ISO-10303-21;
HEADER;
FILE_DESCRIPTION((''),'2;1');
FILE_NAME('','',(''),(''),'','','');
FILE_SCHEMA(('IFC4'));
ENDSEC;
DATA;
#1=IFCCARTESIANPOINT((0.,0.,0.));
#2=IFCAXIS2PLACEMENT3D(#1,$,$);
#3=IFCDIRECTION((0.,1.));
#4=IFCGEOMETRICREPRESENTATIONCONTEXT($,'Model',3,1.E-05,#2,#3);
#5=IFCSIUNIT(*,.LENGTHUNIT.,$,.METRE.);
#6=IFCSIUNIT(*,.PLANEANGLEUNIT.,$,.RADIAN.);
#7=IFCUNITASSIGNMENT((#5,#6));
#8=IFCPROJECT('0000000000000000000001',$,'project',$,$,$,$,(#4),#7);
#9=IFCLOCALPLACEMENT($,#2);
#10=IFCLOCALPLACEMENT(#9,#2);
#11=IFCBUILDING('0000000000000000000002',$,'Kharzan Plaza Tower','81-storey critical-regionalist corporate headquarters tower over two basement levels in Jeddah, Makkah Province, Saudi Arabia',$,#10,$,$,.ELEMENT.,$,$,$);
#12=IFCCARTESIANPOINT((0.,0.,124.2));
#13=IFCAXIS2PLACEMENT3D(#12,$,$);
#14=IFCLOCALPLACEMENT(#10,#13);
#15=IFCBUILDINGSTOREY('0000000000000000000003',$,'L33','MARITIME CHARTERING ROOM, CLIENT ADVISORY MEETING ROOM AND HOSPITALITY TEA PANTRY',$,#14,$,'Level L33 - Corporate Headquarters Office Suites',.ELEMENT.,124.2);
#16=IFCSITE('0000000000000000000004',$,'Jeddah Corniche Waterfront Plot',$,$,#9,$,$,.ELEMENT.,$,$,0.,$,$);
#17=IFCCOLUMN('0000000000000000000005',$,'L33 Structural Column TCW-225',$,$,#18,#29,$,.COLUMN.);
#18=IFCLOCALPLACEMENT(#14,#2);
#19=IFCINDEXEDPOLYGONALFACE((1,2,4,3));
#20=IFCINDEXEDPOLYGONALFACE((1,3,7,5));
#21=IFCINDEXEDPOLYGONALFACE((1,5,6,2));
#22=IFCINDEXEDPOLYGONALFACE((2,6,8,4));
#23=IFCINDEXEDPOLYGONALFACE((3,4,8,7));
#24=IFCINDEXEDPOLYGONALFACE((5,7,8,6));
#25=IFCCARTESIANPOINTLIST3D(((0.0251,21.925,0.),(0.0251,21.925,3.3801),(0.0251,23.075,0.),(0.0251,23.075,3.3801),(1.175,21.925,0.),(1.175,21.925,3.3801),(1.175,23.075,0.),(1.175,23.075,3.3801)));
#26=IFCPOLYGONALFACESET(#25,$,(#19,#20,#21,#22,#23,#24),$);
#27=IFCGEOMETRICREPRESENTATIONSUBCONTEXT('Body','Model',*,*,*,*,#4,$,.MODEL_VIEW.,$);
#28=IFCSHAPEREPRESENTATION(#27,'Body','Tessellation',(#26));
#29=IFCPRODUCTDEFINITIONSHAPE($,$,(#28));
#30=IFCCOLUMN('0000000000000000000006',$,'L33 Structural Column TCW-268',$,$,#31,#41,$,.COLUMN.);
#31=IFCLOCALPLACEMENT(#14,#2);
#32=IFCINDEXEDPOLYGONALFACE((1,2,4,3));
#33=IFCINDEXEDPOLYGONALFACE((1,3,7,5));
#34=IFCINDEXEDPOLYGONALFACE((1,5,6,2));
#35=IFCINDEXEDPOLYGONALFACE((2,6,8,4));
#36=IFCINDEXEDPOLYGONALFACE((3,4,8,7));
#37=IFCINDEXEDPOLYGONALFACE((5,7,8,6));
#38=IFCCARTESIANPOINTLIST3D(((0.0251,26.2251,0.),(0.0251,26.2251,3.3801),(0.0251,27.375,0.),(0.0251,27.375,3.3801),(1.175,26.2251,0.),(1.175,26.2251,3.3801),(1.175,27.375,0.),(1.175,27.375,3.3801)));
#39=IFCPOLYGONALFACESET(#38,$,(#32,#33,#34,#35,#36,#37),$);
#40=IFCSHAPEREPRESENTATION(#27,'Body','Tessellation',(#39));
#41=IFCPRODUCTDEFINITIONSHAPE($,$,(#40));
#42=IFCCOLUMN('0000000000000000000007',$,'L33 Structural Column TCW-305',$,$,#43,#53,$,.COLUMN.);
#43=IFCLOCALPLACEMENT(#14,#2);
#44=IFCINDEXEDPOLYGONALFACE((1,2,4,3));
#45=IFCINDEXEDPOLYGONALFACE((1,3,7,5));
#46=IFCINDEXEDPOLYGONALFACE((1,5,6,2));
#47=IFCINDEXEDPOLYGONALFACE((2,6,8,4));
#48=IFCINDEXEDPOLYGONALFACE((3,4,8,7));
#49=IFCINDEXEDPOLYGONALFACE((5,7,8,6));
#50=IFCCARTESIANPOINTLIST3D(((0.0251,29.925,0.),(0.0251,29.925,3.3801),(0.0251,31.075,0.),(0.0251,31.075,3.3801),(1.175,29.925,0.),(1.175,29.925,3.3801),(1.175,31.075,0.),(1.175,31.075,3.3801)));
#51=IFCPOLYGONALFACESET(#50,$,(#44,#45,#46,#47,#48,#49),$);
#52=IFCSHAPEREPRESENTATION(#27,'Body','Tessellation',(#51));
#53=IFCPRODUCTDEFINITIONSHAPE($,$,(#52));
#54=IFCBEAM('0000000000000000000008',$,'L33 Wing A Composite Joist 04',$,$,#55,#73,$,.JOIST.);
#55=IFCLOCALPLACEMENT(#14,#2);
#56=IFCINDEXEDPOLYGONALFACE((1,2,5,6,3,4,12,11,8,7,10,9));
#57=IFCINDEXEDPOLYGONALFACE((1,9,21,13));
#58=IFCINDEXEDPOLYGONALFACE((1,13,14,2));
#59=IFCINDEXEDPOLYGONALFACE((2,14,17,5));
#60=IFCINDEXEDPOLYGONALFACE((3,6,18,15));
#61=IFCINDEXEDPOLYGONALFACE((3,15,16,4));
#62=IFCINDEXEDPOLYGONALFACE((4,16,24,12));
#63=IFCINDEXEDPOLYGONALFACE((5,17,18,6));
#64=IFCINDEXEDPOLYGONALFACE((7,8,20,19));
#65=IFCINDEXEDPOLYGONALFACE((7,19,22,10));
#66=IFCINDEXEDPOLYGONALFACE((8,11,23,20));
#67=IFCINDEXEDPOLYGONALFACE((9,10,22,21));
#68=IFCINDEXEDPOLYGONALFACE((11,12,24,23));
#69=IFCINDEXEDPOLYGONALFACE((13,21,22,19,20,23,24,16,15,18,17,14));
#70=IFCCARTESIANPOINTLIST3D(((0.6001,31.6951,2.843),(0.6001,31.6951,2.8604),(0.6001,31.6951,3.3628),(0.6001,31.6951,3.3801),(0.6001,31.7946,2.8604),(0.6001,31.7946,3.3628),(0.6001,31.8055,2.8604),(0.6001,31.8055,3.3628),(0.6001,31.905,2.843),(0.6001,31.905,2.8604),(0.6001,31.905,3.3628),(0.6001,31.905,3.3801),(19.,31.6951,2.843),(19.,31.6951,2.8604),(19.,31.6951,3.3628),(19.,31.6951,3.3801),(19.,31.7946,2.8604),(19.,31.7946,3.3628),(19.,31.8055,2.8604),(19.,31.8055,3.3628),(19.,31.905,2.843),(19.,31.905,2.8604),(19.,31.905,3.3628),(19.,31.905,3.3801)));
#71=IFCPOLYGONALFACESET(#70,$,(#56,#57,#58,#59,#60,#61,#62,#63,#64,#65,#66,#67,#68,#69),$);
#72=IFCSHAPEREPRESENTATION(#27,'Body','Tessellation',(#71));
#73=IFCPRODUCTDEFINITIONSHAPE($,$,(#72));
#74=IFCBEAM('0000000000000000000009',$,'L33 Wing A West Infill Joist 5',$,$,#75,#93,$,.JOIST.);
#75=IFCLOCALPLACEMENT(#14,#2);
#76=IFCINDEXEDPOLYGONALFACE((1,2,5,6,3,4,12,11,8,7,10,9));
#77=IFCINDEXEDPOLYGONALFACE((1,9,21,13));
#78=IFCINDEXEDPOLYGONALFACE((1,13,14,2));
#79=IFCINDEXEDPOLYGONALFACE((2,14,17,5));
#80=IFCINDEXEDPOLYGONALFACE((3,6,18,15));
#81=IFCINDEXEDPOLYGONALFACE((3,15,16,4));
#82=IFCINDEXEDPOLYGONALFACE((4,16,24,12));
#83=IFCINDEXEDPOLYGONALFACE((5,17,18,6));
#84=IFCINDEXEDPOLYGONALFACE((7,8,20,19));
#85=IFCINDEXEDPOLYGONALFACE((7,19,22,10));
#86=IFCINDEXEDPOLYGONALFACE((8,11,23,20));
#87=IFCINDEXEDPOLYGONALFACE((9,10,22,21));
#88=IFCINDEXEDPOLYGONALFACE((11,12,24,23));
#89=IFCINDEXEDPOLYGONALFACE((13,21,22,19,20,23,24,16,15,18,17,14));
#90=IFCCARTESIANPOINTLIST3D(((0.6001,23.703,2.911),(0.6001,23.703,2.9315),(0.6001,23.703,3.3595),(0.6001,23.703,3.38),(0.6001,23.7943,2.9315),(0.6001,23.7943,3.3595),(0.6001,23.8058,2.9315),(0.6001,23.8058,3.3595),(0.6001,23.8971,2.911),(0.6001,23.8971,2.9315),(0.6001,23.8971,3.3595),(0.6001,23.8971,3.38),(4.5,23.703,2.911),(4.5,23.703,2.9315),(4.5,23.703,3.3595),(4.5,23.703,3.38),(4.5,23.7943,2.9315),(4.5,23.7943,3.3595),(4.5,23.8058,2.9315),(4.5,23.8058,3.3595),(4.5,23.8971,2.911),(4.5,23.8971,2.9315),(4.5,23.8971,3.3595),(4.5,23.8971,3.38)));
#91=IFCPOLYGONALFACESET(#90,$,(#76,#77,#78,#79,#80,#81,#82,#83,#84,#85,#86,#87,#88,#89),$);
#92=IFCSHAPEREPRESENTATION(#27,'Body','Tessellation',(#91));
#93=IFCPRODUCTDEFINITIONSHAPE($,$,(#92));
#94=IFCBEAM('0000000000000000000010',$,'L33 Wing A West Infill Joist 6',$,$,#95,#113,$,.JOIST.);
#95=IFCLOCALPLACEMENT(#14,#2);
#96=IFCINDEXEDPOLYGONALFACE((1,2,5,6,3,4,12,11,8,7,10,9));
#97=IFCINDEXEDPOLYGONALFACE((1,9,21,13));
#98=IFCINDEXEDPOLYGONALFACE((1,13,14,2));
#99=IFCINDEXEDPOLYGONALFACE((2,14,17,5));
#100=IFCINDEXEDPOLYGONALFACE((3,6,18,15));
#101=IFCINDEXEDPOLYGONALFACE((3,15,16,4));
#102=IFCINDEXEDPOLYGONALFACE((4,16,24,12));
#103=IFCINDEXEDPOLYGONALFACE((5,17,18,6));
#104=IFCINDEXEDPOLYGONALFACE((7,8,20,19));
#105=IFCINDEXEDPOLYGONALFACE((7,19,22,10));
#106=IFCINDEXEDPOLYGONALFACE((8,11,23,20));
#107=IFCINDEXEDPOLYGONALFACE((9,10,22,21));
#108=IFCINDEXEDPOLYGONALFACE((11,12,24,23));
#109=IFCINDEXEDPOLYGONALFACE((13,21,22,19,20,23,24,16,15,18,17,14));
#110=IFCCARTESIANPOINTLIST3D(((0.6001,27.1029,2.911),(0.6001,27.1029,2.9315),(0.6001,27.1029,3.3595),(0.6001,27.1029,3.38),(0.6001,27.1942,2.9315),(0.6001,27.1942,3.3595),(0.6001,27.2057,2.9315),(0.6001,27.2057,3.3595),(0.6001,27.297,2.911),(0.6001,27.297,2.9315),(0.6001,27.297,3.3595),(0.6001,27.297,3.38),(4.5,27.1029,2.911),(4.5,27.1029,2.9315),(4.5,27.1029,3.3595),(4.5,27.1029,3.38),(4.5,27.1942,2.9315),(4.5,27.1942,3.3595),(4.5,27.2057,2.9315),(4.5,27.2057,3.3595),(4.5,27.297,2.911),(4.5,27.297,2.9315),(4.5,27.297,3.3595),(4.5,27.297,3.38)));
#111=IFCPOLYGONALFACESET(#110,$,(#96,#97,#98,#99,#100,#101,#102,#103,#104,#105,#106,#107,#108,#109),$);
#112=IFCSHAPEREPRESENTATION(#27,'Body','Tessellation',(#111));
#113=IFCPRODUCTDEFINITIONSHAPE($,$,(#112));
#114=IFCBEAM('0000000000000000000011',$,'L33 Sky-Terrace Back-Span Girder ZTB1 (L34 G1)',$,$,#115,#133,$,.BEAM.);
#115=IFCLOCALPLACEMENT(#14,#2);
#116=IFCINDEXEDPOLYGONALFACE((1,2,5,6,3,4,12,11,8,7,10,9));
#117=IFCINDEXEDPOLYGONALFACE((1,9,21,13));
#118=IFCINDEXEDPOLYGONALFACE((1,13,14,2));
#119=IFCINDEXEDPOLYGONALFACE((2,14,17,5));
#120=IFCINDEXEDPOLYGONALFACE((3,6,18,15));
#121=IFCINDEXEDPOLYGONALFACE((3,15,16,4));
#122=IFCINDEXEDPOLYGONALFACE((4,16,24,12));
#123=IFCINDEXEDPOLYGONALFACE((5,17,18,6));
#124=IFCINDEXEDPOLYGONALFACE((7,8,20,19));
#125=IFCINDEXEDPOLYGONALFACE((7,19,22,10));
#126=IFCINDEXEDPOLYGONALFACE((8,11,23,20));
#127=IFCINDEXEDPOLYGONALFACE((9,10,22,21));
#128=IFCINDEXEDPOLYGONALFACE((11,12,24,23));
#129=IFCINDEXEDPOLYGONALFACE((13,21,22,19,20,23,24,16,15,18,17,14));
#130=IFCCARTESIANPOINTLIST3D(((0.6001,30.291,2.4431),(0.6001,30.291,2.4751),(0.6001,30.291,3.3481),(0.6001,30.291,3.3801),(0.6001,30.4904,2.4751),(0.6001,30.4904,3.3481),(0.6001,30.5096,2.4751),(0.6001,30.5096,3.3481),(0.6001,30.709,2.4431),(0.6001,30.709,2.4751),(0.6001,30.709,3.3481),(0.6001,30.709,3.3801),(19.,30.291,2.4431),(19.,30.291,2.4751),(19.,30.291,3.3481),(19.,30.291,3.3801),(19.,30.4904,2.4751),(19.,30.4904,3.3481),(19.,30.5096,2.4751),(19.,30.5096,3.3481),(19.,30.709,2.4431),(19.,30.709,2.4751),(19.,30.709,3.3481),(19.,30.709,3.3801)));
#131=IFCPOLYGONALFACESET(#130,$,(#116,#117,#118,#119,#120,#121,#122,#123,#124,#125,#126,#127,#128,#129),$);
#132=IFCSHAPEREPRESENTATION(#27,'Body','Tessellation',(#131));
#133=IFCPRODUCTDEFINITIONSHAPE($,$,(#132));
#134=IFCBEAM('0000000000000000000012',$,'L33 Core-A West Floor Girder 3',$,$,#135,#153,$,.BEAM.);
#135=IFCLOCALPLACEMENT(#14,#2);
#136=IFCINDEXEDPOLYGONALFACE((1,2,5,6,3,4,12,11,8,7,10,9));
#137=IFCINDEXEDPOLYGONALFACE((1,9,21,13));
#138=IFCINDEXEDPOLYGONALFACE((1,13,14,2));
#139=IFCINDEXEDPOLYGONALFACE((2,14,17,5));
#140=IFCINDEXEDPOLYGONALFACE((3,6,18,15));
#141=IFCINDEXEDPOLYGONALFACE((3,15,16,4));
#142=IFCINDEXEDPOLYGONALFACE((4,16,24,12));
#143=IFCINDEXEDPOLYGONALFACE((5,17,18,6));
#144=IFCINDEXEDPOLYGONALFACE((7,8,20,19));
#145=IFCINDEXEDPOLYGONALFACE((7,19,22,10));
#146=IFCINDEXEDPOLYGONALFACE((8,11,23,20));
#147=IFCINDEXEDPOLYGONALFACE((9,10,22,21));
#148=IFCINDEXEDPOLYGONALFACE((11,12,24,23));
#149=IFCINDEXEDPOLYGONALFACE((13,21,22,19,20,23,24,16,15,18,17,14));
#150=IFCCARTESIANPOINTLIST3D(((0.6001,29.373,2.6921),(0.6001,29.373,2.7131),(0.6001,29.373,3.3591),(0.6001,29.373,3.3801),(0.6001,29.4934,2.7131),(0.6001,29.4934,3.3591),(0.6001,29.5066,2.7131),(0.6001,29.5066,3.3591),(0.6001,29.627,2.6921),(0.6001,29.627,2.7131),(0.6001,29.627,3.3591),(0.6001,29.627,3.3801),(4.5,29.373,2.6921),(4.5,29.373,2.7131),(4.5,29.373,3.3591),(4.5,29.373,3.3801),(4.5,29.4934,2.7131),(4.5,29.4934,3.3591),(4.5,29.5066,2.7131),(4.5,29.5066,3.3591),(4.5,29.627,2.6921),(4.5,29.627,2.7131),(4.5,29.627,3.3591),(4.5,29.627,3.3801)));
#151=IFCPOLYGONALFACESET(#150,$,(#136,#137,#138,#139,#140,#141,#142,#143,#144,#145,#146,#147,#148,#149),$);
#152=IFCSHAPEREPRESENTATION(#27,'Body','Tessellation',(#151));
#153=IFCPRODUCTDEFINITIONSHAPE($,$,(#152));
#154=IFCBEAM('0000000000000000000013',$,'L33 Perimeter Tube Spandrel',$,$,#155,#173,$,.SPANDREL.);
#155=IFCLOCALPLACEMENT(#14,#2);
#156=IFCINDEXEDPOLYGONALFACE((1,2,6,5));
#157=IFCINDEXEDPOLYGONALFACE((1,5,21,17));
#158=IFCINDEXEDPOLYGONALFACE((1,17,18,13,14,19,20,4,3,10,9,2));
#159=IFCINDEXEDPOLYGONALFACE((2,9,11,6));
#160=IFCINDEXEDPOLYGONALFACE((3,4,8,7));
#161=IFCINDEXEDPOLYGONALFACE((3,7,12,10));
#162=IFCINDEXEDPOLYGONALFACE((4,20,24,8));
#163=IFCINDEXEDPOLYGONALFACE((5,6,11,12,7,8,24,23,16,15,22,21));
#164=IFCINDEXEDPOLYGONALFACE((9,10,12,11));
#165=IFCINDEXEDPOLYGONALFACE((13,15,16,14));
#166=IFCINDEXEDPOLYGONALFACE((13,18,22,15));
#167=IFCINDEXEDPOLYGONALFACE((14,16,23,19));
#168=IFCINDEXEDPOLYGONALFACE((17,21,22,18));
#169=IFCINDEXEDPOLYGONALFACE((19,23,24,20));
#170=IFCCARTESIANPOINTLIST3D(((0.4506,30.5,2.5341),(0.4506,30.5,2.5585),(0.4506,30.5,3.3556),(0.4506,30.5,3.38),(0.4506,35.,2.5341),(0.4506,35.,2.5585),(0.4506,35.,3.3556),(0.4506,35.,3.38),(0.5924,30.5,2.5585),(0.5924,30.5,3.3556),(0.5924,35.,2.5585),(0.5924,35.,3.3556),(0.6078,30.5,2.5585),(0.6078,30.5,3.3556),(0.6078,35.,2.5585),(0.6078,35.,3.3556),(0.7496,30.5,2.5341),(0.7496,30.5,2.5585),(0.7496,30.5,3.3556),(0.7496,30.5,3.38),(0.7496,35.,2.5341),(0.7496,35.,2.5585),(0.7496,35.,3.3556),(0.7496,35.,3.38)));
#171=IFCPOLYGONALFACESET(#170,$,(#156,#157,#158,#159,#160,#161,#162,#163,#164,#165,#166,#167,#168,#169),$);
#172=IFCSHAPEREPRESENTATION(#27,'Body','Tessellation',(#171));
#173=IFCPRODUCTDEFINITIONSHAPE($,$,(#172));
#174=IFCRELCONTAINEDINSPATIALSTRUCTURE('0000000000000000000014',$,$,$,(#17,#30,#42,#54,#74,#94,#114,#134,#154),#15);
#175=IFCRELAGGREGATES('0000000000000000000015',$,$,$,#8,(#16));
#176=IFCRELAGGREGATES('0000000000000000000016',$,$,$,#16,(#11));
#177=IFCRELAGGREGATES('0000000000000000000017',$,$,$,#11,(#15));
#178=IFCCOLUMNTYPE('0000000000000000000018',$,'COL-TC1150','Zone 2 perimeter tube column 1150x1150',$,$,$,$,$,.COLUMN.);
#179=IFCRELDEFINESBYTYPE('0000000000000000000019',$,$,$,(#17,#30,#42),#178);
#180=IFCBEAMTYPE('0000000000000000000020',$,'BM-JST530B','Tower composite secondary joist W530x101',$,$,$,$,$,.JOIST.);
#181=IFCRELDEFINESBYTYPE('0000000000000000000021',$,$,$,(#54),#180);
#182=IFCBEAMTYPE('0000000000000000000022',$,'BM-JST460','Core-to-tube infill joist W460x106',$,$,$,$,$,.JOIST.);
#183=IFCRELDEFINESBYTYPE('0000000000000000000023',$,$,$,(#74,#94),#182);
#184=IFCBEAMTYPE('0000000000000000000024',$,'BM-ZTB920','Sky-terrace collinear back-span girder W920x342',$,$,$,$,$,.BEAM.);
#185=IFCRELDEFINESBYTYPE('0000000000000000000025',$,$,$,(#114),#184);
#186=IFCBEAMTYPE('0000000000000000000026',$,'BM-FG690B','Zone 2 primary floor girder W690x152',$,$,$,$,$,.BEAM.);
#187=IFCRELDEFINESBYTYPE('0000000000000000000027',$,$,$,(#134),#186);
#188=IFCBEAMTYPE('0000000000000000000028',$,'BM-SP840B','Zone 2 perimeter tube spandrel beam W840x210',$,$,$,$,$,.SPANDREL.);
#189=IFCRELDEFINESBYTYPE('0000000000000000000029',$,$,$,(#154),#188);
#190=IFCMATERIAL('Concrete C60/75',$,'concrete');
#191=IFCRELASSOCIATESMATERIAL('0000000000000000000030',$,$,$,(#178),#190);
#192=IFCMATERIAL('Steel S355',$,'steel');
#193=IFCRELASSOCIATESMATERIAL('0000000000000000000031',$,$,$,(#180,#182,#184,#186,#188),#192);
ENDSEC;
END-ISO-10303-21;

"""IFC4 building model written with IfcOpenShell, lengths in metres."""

from ifc_helpers import new_model, si_unit, direction, frame, origin, origin_2d, place, context, subcontext, project, spatial, rectangle, i_section, extrude, source, transform, mapped, material, material_profile, profile_set, type_object, element, save


model = new_model("IFC4")

# Units and contexts
model_context = context("Model", 3, precision=1e-05, world=origin(), true_north=direction((0.0, 1.0)))
body_context = subcontext(model_context, "Body", "Model", "MODEL_VIEW")
ifc_project = project(units=[si_unit("LENGTHUNIT", "METRE"), si_unit("PLANEANGLEUNIT", "RADIAN")], contexts=[model_context])

# Site, building, storey
site_placement = place(None, origin())
site = spatial("IfcSite", under=ifc_project, at=site_placement, Name="Jeddah Corniche Waterfront Plot", CompositionType="ELEMENT", RefElevation=0.0)
building_placement = place(site_placement, origin())
building = spatial("IfcBuilding", under=site, at=building_placement, Name="Kharzan Plaza Tower", Description="81-storey critical-regionalist corporate headquarters tower over two basement levels in Jeddah, Makkah Province, Saudi Arabia", CompositionType="ELEMENT")
storey_placement = place(building_placement, frame((0.0, 0.0, 124.2)))
storey = spatial("IfcBuildingStorey", under=building, at=storey_placement, Name="L33", Description="MARITIME CHARTERING ROOM, CLIENT ADVISORY MEETING ROOM AND HOSPITALITY TEA PANTRY", LongName="Level L33 - Corporate Headquarters Office Suites", CompositionType="ELEMENT", Elevation=124.2)

# Columns
ifc_material_1 = material(Name="Concrete C60/75", Category="concrete")
ifc_material_profile_1 = material_profile(ifc_material_1, rectangle(XDim=1.1499, YDim=1.1499, at=origin_2d()), Name="RC-TC1150x1150")
ifc_profile_set_1 = profile_set([ifc_material_profile_1], Name="Concrete C60/75")
column_type = type_object("IfcColumnType", Name="COL-TC1150", Description="Zone 2 perimeter tube column 1150x1150", PredefinedType="COLUMN", material=ifc_profile_set_1)
shared_shape_1 = source(origin(), body_context, "Body", "SweptSolid", [
    extrude(rectangle(XDim=1.1499, YDim=1.1499, at=origin_2d()), origin(), (0.0, 0.0, 1.0), 3.3801),
])
for number, where, z_axis, x_axis, name in (
    (1, (0.6001, 22.5, 0.0), (0.0, 0.0, 1.0), (1.0, 0.0, 0.0), "L33 Structural Column TCW-225"),
    (2, (0.6001, 26.8, 0.0), (0.0, 0.0, 1.0), (1.0, 0.0, 0.0), "L33 Structural Column TCW-268"),
    (3, (0.6001, 30.5, 0.0), (0.0, 0.0, 1.0), (1.0, 0.0, 0.0), "L33 Structural Column TCW-305"),
):
    element("IfcColumn", number, at=place(storey_placement, frame(where, z_axis=z_axis, x_axis=x_axis)), inside=storey, type_object=column_type, Name=name, PredefinedType="COLUMN", context=body_context, shape_type="MappedRepresentation", body=[
        mapped(shared_shape_1, transform((0.0, 0.0, 0.0), x_axis=(1.0, 0.0, 0.0), y_axis=(0.0, 1.0, 0.0), z_axis=(0.0, 0.0, 1.0))),
    ])

# Beams
ifc_material_2 = material(Name="Steel S355", Category="steel")
ifc_material_profile_2 = material_profile(ifc_material_2, i_section(OverallWidth=0.21, OverallDepth=0.5371, WebThickness=0.011, FlangeThickness=0.0173, at=origin_2d()), Name="W530x101")
ifc_profile_set_2 = profile_set([ifc_material_profile_2], Name="Steel S355")
beam_type_1 = type_object("IfcBeamType", Name="BM-JST530B", Description="Tower composite secondary joist W530x101", PredefinedType="JOIST", material=ifc_profile_set_2)
shared_shape_2 = source(origin(), body_context, "Body", "SweptSolid", [
    extrude(i_section(OverallWidth=0.21, OverallDepth=0.5371, WebThickness=0.011, FlangeThickness=0.0173, at=origin_2d()), origin(), (0.0, 0.0, 1.0), 18.3999),
])
beam_1_placement = place(storey_placement, frame((0.6001, 31.8, 3.1116), z_axis=(1.0, 0.0, 0.0), x_axis=(0.0, 1.0, 0.0)))
element("IfcBeam", 4, at=beam_1_placement, inside=storey, type_object=beam_type_1, Name="L33 Wing A Composite Joist 04", PredefinedType="JOIST", context=body_context, shape_type="MappedRepresentation", body=[
    mapped(shared_shape_2, transform((0.0, 0.0, 0.0), x_axis=(1.0, 0.0, 0.0), y_axis=(0.0, 1.0, 0.0), z_axis=(0.0, 0.0, 1.0))),
])
ifc_material_profile_3 = material_profile(ifc_material_2, i_section(OverallWidth=0.1941, OverallDepth=0.469, WebThickness=0.0115, FlangeThickness=0.0205, at=origin_2d()), Name="W460x106")
ifc_profile_set_3 = profile_set([ifc_material_profile_3], Name="Steel S355")
beam_type_2 = type_object("IfcBeamType", Name="BM-JST460", Description="Core-to-tube infill joist W460x106", PredefinedType="JOIST", material=ifc_profile_set_3)
shared_shape_3 = source(origin(), body_context, "Body", "SweptSolid", [
    extrude(i_section(OverallWidth=0.1941, OverallDepth=0.469, WebThickness=0.0115, FlangeThickness=0.0205, at=origin_2d()), origin(), (0.0, 0.0, 1.0), 3.8999),
])
for number, where, z_axis, x_axis, name in (
    (5, (0.6001, 23.8, 3.1455), (1.0, 0.0, 0.0), (0.0, 1.0, 0.0), "L33 Wing A West Infill Joist 5"),
    (6, (0.6001, 27.2, 3.1455), (1.0, 0.0, 0.0), (0.0, 1.0, 0.0), "L33 Wing A West Infill Joist 6"),
):
    element("IfcBeam", number, at=place(storey_placement, frame(where, z_axis=z_axis, x_axis=x_axis)), inside=storey, type_object=beam_type_2, Name=name, PredefinedType="JOIST", context=body_context, shape_type="MappedRepresentation", body=[
        mapped(shared_shape_3, transform((0.0, 0.0, 0.0), x_axis=(1.0, 0.0, 0.0), y_axis=(0.0, 1.0, 0.0), z_axis=(0.0, 0.0, 1.0))),
    ])
ifc_material_profile_4 = material_profile(ifc_material_2, i_section(OverallWidth=0.418, OverallDepth=0.937, WebThickness=0.0193, FlangeThickness=0.032, at=origin_2d()), Name="W920x342")
ifc_profile_set_4 = profile_set([ifc_material_profile_4], Name="Steel S355")
beam_type_3 = type_object("IfcBeamType", Name="BM-ZTB920", Description="Sky-terrace collinear back-span girder W920x342", PredefinedType="BEAM", material=ifc_profile_set_4)
shared_shape_4 = source(origin(), body_context, "Body", "SweptSolid", [
    extrude(i_section(OverallWidth=0.418, OverallDepth=0.937, WebThickness=0.0193, FlangeThickness=0.032, at=origin_2d()), origin(), (0.0, 0.0, 1.0), 18.3999),
])
beam_2_placement = place(storey_placement, frame((0.6001, 30.5, 2.9116), z_axis=(1.0, 0.0, 0.0), x_axis=(0.0, 1.0, 0.0)))
element("IfcBeam", 7, at=beam_2_placement, inside=storey, type_object=beam_type_3, Name="L33 Sky-Terrace Back-Span Girder ZTB1 (L34 G1)", PredefinedType="BEAM", context=body_context, shape_type="MappedRepresentation", body=[
    mapped(shared_shape_4, transform((0.0, 0.0, 0.0), x_axis=(1.0, 0.0, 0.0), y_axis=(0.0, 1.0, 0.0), z_axis=(0.0, 0.0, 1.0))),
])
ifc_material_profile_5 = material_profile(ifc_material_2, i_section(OverallWidth=0.2539, OverallDepth=0.688, WebThickness=0.0132, FlangeThickness=0.021, at=origin_2d()), Name="W690x152")
ifc_profile_set_5 = profile_set([ifc_material_profile_5], Name="Steel S355")
beam_type_4 = type_object("IfcBeamType", Name="BM-FG690B", Description="Zone 2 primary floor girder W690x152", PredefinedType="BEAM", material=ifc_profile_set_5)
shared_shape_5 = source(origin(), body_context, "Body", "SweptSolid", [
    extrude(i_section(OverallWidth=0.2539, OverallDepth=0.688, WebThickness=0.0132, FlangeThickness=0.021, at=origin_2d()), origin(), (0.0, 0.0, 1.0), 3.8999),
])
beam_3_placement = place(storey_placement, frame((0.6001, 29.5, 3.0361), z_axis=(1.0, 0.0, 0.0), x_axis=(0.0, 1.0, 0.0)))
element("IfcBeam", 8, at=beam_3_placement, inside=storey, type_object=beam_type_4, Name="L33 Core-A West Floor Girder 3", PredefinedType="BEAM", context=body_context, shape_type="MappedRepresentation", body=[
    mapped(shared_shape_5, transform((0.0, 0.0, 0.0), x_axis=(1.0, 0.0, 0.0), y_axis=(0.0, 1.0, 0.0), z_axis=(0.0, 0.0, 1.0))),
])
ifc_material_profile_6 = material_profile(ifc_material_2, i_section(OverallWidth=0.2991, OverallDepth=0.8459, WebThickness=0.0154, FlangeThickness=0.0244, at=origin_2d()), Name="W840x210")
ifc_profile_set_6 = profile_set([ifc_material_profile_6], Name="Steel S355")
beam_type_5 = type_object("IfcBeamType", Name="BM-SP840B", Description="Zone 2 perimeter tube spandrel beam W840x210", PredefinedType="SPANDREL", material=ifc_profile_set_6)
shared_shape_6 = source(origin(), body_context, "Body", "SweptSolid", [
    extrude(i_section(OverallWidth=0.2991, OverallDepth=0.8459, WebThickness=0.0154, FlangeThickness=0.0244, at=origin_2d()), origin(), (0.0, 0.0, 1.0), 4.5),
])
beam_4_placement = place(storey_placement, frame((0.6001, 30.5, 2.957), z_axis=(0.0, 1.0, 0.0), x_axis=(-1.0, 0.0, 0.0)))
element("IfcBeam", 9, at=beam_4_placement, inside=storey, type_object=beam_type_5, Name="L33 Perimeter Tube Spandrel", PredefinedType="SPANDREL", context=body_context, shape_type="MappedRepresentation", body=[
    mapped(shared_shape_6, transform((0.0, 0.0, 0.0), x_axis=(1.0, 0.0, 0.0), y_axis=(0.0, 1.0, 0.0), z_axis=(0.0, 0.0, 1.0))),
])

save(model, "model.ifc")
